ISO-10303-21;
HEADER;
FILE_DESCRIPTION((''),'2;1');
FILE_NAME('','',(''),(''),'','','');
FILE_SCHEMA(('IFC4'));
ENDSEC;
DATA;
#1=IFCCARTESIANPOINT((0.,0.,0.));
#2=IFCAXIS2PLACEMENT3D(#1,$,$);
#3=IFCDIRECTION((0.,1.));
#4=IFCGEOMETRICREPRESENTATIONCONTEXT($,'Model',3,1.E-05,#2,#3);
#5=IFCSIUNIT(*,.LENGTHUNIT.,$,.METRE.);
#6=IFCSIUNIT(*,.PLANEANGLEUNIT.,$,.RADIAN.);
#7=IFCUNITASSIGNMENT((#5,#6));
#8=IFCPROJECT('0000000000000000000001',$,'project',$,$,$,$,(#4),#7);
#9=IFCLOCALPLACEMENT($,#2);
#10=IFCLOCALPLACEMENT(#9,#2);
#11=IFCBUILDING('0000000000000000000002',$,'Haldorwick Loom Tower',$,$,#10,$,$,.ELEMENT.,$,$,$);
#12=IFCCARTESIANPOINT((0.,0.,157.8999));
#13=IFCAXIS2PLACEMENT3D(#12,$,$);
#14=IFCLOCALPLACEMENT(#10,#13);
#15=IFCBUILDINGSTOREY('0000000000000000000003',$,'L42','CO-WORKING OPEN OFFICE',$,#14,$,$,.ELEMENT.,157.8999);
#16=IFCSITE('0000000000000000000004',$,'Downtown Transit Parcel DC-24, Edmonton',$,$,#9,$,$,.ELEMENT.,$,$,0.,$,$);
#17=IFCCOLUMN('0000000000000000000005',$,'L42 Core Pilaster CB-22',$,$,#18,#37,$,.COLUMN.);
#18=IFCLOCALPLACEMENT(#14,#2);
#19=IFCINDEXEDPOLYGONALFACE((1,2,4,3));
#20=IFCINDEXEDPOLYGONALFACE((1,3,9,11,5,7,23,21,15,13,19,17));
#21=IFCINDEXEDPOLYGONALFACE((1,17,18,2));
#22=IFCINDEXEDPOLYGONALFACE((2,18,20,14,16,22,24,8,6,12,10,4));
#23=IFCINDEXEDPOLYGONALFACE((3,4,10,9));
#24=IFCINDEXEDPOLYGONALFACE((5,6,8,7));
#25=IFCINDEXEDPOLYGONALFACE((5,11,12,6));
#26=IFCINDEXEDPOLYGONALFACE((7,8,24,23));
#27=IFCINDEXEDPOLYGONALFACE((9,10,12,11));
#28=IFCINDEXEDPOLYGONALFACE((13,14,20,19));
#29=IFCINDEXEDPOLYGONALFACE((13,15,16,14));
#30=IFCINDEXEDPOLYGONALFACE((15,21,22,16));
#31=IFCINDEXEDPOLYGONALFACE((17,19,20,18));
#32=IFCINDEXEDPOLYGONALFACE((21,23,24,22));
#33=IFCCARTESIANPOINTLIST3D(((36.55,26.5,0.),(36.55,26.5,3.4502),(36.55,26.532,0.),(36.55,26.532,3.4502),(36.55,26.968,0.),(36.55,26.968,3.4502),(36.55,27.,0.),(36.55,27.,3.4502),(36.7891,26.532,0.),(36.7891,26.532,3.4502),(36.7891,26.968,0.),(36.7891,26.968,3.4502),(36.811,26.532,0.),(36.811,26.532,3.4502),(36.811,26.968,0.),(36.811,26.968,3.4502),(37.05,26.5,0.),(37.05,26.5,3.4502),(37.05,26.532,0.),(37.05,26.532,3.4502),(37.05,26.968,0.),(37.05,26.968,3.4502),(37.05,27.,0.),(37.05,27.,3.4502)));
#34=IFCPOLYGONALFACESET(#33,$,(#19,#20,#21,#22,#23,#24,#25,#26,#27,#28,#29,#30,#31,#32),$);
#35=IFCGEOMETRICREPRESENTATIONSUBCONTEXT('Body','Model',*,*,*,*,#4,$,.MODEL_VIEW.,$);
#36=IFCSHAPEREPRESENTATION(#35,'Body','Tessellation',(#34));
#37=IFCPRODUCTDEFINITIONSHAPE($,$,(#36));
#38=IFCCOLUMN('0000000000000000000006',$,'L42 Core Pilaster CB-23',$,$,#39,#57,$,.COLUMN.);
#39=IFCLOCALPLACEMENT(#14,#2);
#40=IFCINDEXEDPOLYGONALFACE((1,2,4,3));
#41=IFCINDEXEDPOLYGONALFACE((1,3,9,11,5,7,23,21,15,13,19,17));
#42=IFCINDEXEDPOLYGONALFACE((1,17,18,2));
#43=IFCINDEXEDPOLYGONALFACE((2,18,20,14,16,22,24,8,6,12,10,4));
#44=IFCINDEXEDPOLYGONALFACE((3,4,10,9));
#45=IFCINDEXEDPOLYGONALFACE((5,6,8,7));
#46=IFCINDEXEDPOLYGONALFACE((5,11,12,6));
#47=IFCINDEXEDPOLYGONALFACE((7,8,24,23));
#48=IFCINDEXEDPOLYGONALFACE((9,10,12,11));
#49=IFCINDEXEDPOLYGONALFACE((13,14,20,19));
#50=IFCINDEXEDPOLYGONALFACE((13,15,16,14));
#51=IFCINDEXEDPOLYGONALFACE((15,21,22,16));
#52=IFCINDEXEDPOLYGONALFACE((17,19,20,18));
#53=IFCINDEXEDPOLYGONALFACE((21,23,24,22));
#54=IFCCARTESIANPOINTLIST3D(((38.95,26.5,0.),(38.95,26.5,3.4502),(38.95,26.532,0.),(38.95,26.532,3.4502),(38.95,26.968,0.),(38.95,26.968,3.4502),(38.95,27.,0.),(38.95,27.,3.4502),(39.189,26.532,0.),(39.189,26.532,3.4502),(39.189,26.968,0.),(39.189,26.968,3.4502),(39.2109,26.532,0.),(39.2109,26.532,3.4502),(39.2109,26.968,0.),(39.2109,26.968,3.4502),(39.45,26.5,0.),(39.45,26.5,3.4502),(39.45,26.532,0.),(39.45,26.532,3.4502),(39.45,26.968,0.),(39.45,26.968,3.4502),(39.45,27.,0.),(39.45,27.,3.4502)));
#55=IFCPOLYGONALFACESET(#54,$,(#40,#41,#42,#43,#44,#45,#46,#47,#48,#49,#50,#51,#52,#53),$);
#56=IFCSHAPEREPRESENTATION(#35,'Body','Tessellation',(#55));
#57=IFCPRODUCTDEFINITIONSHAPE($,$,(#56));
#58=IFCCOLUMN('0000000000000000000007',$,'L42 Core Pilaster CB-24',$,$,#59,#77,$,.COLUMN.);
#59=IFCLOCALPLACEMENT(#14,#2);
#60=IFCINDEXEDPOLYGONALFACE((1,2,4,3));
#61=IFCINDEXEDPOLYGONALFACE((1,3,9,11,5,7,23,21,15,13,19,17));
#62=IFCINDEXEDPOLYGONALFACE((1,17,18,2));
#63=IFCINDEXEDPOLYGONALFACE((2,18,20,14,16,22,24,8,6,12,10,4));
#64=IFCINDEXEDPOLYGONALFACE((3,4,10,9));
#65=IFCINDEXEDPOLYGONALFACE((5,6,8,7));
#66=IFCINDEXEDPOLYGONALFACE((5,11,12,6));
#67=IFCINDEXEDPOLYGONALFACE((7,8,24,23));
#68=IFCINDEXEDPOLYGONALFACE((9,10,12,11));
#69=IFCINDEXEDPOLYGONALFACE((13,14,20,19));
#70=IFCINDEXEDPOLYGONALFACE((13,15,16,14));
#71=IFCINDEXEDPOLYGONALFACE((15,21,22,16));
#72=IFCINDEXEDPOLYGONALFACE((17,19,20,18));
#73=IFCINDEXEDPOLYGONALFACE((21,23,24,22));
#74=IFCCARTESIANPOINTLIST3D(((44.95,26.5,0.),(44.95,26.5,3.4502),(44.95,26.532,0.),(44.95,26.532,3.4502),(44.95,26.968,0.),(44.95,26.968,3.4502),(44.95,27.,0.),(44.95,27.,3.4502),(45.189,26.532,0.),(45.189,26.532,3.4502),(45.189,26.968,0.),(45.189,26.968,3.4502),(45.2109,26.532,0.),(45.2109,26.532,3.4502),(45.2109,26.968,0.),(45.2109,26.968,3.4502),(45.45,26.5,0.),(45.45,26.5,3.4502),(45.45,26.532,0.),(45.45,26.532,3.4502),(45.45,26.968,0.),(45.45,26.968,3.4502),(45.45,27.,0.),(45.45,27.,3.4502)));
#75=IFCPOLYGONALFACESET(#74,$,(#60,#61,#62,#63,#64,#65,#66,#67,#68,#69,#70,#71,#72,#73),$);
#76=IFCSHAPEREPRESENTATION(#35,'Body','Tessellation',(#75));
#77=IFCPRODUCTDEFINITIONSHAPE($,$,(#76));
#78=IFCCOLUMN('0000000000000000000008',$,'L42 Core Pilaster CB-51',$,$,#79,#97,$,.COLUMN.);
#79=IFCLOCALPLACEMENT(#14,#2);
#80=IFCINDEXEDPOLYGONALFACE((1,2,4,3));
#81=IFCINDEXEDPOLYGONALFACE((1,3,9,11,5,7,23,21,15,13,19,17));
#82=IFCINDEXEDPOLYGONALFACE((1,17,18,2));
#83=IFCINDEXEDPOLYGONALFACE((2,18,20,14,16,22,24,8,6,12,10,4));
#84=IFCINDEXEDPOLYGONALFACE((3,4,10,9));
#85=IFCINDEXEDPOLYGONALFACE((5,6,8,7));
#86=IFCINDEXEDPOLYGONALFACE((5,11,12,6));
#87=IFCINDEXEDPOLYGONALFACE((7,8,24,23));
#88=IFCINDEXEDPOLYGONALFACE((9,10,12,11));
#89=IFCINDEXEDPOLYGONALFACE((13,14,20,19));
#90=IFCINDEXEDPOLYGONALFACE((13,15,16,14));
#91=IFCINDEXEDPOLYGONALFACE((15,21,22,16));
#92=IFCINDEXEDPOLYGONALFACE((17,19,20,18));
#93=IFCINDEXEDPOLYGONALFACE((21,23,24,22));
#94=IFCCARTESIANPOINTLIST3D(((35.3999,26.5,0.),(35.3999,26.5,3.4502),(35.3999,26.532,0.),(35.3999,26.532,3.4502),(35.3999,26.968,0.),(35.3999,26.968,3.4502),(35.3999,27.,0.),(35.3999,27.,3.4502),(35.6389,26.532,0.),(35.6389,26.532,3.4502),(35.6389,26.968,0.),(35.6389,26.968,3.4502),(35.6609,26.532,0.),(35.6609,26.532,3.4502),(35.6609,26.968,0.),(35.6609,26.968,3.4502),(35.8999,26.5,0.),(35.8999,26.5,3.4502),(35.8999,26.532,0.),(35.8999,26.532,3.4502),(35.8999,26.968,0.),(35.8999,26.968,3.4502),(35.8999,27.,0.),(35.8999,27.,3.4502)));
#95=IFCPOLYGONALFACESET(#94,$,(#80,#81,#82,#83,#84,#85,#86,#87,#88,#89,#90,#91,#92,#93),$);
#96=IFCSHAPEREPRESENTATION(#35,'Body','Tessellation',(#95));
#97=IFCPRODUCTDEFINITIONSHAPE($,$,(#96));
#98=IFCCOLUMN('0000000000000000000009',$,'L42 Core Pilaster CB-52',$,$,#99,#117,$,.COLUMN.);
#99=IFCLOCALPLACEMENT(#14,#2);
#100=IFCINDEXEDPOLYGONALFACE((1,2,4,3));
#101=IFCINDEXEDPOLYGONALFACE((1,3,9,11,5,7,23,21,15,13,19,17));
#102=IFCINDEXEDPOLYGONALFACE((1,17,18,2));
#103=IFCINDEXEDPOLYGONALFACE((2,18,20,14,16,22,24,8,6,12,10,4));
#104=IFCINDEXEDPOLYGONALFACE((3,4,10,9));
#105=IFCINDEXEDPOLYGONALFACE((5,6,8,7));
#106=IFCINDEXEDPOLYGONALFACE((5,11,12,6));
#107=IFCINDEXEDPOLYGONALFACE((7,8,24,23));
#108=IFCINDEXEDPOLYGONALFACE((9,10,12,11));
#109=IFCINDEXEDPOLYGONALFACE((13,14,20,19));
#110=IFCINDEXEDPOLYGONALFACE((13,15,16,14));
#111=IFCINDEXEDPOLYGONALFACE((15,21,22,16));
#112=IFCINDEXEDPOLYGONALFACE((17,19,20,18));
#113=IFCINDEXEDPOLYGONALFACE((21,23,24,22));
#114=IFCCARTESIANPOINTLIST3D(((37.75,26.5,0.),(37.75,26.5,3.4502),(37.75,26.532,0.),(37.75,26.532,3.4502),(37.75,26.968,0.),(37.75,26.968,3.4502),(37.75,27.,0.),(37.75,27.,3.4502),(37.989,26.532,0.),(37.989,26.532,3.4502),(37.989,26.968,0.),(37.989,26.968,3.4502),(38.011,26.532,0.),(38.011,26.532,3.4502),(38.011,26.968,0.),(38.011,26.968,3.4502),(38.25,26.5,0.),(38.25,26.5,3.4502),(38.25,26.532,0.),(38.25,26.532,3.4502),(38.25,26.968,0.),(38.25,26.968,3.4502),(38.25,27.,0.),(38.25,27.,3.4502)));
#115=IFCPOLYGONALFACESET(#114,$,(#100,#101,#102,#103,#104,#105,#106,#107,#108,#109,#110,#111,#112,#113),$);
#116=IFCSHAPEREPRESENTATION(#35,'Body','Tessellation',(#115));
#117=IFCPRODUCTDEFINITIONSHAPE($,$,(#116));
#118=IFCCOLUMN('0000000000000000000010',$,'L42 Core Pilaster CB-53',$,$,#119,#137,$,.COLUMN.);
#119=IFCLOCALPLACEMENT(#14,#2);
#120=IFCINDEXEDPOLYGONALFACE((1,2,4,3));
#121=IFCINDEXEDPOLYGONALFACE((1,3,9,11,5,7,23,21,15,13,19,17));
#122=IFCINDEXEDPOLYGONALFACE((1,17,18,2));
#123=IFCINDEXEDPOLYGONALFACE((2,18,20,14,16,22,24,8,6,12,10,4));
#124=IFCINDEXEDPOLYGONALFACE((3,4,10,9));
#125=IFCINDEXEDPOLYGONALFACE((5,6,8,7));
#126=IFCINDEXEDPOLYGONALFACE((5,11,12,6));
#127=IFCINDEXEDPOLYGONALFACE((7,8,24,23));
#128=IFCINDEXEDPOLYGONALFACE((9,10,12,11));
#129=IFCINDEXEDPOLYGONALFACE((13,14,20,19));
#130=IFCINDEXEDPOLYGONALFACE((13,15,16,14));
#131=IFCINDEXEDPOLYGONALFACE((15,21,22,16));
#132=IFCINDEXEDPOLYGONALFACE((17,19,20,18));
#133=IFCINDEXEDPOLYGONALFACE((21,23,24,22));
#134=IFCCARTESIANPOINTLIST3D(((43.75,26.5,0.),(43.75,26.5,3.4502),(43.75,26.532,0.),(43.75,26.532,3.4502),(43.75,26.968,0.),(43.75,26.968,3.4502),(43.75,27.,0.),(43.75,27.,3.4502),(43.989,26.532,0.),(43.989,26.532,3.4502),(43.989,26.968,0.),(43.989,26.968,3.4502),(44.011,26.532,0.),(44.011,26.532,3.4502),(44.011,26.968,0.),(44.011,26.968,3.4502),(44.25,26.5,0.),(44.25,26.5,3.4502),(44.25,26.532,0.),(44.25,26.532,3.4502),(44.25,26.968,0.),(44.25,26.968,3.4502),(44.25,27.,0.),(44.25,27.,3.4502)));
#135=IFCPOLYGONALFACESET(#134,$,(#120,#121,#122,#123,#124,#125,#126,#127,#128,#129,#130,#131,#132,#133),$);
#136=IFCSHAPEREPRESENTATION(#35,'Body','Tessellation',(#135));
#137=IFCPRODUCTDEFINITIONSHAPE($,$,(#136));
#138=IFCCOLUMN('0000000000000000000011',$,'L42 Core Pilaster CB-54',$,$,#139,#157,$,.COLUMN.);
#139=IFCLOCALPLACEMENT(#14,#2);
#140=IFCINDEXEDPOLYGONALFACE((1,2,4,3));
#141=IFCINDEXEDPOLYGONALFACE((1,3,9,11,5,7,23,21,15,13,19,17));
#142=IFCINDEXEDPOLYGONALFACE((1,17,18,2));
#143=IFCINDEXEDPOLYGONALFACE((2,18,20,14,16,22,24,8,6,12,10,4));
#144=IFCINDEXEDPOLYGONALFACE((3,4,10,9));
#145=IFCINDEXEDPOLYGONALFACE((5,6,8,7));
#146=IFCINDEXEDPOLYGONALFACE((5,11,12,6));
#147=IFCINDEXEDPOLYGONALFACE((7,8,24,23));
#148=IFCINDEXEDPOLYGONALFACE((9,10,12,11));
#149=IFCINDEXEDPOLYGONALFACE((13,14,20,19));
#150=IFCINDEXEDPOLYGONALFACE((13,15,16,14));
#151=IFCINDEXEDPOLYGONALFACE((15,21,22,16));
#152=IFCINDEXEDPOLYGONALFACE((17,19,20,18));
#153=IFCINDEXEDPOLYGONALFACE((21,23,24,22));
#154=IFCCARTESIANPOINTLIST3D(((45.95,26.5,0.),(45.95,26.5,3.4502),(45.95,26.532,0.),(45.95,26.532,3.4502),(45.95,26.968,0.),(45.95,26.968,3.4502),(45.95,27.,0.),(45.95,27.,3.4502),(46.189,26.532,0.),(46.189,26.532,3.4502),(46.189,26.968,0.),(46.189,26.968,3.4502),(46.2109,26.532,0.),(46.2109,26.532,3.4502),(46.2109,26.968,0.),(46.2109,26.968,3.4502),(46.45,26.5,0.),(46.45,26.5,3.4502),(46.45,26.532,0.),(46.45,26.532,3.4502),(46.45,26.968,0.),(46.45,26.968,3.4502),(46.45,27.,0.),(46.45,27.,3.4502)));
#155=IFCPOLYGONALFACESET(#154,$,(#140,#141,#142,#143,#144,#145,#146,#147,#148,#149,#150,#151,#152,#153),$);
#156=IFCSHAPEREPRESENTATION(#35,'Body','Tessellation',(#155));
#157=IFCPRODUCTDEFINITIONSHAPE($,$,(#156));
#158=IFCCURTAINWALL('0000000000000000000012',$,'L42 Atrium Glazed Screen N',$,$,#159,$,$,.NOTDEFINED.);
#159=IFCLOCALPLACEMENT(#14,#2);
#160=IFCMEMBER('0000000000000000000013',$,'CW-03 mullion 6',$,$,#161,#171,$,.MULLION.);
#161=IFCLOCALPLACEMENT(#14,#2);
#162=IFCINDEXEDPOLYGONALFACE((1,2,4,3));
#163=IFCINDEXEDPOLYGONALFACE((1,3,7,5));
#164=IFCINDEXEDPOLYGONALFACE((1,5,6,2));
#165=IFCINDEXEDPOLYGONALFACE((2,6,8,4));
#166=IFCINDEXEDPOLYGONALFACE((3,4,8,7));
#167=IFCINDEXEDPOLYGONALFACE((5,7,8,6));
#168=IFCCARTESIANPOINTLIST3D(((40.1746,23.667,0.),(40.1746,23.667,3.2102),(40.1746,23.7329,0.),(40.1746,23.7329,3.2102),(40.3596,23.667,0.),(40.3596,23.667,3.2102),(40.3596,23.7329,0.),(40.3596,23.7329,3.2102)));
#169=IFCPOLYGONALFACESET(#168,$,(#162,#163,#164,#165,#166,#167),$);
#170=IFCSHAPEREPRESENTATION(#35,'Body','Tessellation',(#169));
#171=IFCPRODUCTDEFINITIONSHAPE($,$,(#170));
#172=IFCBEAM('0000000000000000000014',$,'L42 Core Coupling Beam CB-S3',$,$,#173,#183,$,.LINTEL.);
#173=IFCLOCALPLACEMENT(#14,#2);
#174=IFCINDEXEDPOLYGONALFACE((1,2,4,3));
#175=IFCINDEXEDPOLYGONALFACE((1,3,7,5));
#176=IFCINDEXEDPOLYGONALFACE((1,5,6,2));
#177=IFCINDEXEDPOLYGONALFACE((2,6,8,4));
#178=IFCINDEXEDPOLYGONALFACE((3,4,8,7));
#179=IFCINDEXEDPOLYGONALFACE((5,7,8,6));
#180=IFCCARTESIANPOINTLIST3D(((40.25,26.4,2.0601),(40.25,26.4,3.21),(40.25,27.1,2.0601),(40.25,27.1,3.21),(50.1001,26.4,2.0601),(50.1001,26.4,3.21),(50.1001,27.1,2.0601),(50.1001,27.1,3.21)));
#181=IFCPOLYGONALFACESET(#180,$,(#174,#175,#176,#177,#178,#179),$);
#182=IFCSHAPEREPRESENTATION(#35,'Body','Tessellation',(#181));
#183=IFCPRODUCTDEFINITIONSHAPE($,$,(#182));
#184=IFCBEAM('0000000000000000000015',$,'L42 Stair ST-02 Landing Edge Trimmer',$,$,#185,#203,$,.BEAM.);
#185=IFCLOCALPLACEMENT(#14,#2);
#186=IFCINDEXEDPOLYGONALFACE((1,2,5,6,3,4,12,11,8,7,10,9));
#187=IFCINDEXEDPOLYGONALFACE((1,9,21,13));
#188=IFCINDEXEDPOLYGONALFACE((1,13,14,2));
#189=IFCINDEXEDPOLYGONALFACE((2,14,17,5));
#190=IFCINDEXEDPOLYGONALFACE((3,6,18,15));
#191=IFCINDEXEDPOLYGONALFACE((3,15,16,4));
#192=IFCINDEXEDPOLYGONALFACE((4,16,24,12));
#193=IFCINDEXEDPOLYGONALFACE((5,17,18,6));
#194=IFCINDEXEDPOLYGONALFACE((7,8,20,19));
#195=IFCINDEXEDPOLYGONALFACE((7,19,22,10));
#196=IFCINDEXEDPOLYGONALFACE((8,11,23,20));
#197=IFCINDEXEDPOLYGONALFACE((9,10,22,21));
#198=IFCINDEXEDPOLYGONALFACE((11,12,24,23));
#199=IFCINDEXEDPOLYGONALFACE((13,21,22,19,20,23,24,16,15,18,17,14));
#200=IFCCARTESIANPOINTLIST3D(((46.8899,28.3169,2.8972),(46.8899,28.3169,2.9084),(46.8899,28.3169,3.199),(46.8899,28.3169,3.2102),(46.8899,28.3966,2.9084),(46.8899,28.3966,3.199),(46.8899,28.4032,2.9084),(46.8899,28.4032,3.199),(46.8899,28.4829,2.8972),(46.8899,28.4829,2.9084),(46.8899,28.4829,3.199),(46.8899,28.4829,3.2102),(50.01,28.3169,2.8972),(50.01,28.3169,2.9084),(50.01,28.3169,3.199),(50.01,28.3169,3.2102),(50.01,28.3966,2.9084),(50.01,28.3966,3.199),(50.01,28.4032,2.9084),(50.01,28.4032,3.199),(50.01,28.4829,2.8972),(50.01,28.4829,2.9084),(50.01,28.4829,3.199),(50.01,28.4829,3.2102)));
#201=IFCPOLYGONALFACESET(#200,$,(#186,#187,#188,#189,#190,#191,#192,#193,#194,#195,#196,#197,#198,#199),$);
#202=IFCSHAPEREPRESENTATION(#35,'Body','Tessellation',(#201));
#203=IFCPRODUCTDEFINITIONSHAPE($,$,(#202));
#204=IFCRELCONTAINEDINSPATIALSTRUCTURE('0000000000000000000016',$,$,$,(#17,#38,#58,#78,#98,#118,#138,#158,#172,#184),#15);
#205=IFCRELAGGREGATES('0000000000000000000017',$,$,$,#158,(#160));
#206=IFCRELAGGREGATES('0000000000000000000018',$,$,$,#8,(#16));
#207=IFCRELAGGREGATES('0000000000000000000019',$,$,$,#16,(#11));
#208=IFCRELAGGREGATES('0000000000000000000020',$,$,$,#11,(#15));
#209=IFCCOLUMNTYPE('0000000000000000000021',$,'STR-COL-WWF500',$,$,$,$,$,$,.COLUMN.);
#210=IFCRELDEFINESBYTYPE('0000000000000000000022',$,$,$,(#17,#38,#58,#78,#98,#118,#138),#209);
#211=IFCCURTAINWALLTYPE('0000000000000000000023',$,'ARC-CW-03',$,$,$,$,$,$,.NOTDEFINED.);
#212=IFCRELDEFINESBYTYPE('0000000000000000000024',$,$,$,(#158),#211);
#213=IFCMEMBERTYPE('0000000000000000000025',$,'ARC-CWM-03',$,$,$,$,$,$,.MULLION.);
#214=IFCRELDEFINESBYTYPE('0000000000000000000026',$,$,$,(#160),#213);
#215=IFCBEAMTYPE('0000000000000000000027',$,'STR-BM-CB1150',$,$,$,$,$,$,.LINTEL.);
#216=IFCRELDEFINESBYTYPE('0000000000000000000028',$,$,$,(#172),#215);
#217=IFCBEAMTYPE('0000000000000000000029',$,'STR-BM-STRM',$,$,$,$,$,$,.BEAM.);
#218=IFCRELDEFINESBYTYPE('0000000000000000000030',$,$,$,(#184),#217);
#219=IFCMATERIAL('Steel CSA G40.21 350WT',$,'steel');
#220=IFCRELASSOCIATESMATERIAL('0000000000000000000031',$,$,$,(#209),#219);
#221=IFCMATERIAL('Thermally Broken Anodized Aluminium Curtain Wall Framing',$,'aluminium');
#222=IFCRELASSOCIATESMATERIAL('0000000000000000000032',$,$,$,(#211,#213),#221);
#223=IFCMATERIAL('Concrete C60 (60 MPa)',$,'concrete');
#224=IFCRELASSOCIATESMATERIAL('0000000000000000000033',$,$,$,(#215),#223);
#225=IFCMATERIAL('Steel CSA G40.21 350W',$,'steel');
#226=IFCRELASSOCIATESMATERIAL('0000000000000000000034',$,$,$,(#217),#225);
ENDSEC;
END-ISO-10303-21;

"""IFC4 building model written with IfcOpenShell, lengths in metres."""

from ifc_helpers import new_model, si_unit, direction, frame, origin, origin_2d, place, context, subcontext, project, spatial, rectangle, i_section, extrude, material, material_profile, profile_set, type_object, element, aggregate, save


model = new_model("IFC4")

# Units and contexts
model_context = context("Model", 3, precision=1e-05, world=origin(), true_north=direction((0.0, 1.0)))
body_context = subcontext(model_context, "Body", "Model", "MODEL_VIEW")
ifc_project = project(units=[si_unit("LENGTHUNIT", "METRE"), si_unit("PLANEANGLEUNIT", "RADIAN")], contexts=[model_context])

# Site, building, storey
site_placement = place(None, origin())
site = spatial("IfcSite", under=ifc_project, at=site_placement, Name="Downtown Transit Parcel DC-24, Edmonton", CompositionType="ELEMENT", RefElevation=0.0)
building_placement = place(site_placement, origin())
building = spatial("IfcBuilding", under=site, at=building_placement, Name="Haldorwick Loom Tower", CompositionType="ELEMENT")
storey_placement = place(building_placement, frame((0.0, 0.0, 157.8999)))
storey = spatial("IfcBuildingStorey", under=building, at=storey_placement, Name="L42", Description="CO-WORKING OPEN OFFICE", CompositionType="ELEMENT", Elevation=157.8999)

# Columns
ifc_material_1 = material(Name="Steel CSA G40.21 350WT", Category="steel")
ifc_material_profile_1 = material_profile(ifc_material_1, i_section(OverallWidth=0.5, OverallDepth=0.5, WebThickness=0.022, FlangeThickness=0.032, at=origin_2d()), Name="WWF500X500", Category="steel")
ifc_profile_set_1 = profile_set([ifc_material_profile_1], Name="Steel CSA G40.21 350WT")
column_type = type_object("IfcColumnType", Name="STR-COL-WWF500", PredefinedType="COLUMN", material=ifc_profile_set_1)
for number, where, z_axis, x_axis, name in (
    (1, (36.8, 26.75, 0.0), (0.0, 0.0, 1.0), (1.0, 0.0, 0.0), "L42 Core Pilaster CB-22"),
    (2, (39.2, 26.75, 0.0), (0.0, 0.0, 1.0), (1.0, 0.0, 0.0), "L42 Core Pilaster CB-23"),
    (3, (45.2, 26.75, 0.0), (0.0, 0.0, 1.0), (1.0, 0.0, 0.0), "L42 Core Pilaster CB-24"),
    (4, (35.6499, 26.75, 0.0), (0.0, 0.0, 1.0), (1.0, 0.0, 0.0), "L42 Core Pilaster CB-51"),
    (5, (38.0, 26.75, 0.0), (0.0, 0.0, 1.0), (1.0, 0.0, 0.0), "L42 Core Pilaster CB-52"),
    (6, (44.0, 26.75, 0.0), (0.0, 0.0, 1.0), (1.0, 0.0, 0.0), "L42 Core Pilaster CB-53"),
    (7, (46.2, 26.75, 0.0), (0.0, 0.0, 1.0), (1.0, 0.0, 0.0), "L42 Core Pilaster CB-54"),
):
    element("IfcColumn", number, at=place(storey_placement, frame(where, z_axis=z_axis, x_axis=x_axis)), inside=storey, type_object=column_type, Name=name, PredefinedType="COLUMN", context=body_context, shape_type="SweptSolid", body=[
        extrude(i_section(OverallWidth=0.5, OverallDepth=0.5, WebThickness=0.022, FlangeThickness=0.032, at=origin_2d()), origin(), (0.0, 0.0, 1.0), 3.4502),
    ])

# Curtain wall, member
ifc_material_2 = material(Name="Thermally Broken Anodized Aluminium Curtain Wall Framing", Category="aluminium")
curtain_wall_type = type_object("IfcCurtainWallType", Name="ARC-CW-03", PredefinedType="NOTDEFINED", material=ifc_material_2)
curtain_wall_placement = place(storey_placement, origin())
curtain_wall = element("IfcCurtainWall", 8, at=curtain_wall_placement, inside=storey, type_object=curtain_wall_type, Name="L42 Atrium Glazed Screen N", PredefinedType="NOTDEFINED")
ifc_material_profile_2 = material_profile(ifc_material_2, rectangle(XDim=0.0659, YDim=0.1851, at=origin_2d()), Name="ALU_MUL_66X185", Category="aluminium")
ifc_profile_set_2 = profile_set([ifc_material_profile_2], Name="Thermally Broken Anodized Aluminium Curtain Wall Framing")
member_type = type_object("IfcMemberType", Name="ARC-CWM-03", PredefinedType="MULLION", material=ifc_profile_set_2)
member_placement = place(storey_placement, frame((40.2671, 23.7, 0.0), z_axis=(0.0, 0.0, 1.0), x_axis=(0.0, 1.0, 0.0)))
member = element("IfcMember", 9, at=member_placement, type_object=member_type, Name="CW-03 mullion 6", PredefinedType="MULLION", context=body_context, shape_type="SweptSolid", body=[
    extrude(rectangle(XDim=0.0659, YDim=0.1851, at=origin_2d()), origin(), (0.0, 0.0, 1.0), 3.2102),
])
aggregate(curtain_wall, [member])

# Beams
ifc_material_3 = material(Name="Concrete C60 (60 MPa)", Category="concrete")
ifc_material_profile_3 = material_profile(ifc_material_3, rectangle(XDim=0.7, YDim=1.1499, at=origin_2d()), Name="RC700X1150", Category="concrete")
ifc_profile_set_3 = profile_set([ifc_material_profile_3], Name="Concrete C60 (60 MPa)")
beam_type_1 = type_object("IfcBeamType", Name="STR-BM-CB1150", PredefinedType="LINTEL", material=ifc_profile_set_3)
beam_placement = place(storey_placement, frame((40.25, 26.75, 2.635), z_axis=(1.0, 0.0, 0.0), x_axis=(0.0, 1.0, 0.0)))
element("IfcBeam", 10, at=beam_placement, inside=storey, type_object=beam_type_1, Name="L42 Core Coupling Beam CB-S3", PredefinedType="LINTEL", context=body_context, shape_type="SweptSolid", body=[
    extrude(rectangle(XDim=0.7, YDim=1.1499, at=origin_2d()), origin(), (0.0, 0.0, 1.0), 9.8501),
])
ifc_material_4 = material(Name="Steel CSA G40.21 350W", Category="steel")
ifc_material_profile_4 = material_profile(ifc_material_4, i_section(OverallWidth=0.166, OverallDepth=0.313, WebThickness=0.0066, FlangeThickness=0.0112, at=origin_2d()), Name="W310X45", Category="steel")
ifc_profile_set_4 = profile_set([ifc_material_profile_4], Name="Steel CSA G40.21 350W")
beam_type_2 = type_object("IfcBeamType", Name="STR-BM-STRM", PredefinedType="BEAM", material=ifc_profile_set_4)
for number, where, z_axis, x_axis, name in (
    (11, (46.8899, 28.3999, 3.0537), (1.0, 0.0, 0.0), (0.0, 1.0, 0.0), "L42 Stair ST-02 Landing Edge Trimmer"),
):
    element("IfcBeam", number, at=place(storey_placement, frame(where, z_axis=z_axis, x_axis=x_axis)), inside=storey, type_object=beam_type_2, Name=name, PredefinedType="BEAM", context=body_context, shape_type="SweptSolid", body=[
        extrude(i_section(OverallWidth=0.166, OverallDepth=0.313, WebThickness=0.0066, FlangeThickness=0.0112, at=origin_2d()), origin(), (0.0, 0.0, 1.0), 3.1201),
    ])

save(model, "model.ifc")
